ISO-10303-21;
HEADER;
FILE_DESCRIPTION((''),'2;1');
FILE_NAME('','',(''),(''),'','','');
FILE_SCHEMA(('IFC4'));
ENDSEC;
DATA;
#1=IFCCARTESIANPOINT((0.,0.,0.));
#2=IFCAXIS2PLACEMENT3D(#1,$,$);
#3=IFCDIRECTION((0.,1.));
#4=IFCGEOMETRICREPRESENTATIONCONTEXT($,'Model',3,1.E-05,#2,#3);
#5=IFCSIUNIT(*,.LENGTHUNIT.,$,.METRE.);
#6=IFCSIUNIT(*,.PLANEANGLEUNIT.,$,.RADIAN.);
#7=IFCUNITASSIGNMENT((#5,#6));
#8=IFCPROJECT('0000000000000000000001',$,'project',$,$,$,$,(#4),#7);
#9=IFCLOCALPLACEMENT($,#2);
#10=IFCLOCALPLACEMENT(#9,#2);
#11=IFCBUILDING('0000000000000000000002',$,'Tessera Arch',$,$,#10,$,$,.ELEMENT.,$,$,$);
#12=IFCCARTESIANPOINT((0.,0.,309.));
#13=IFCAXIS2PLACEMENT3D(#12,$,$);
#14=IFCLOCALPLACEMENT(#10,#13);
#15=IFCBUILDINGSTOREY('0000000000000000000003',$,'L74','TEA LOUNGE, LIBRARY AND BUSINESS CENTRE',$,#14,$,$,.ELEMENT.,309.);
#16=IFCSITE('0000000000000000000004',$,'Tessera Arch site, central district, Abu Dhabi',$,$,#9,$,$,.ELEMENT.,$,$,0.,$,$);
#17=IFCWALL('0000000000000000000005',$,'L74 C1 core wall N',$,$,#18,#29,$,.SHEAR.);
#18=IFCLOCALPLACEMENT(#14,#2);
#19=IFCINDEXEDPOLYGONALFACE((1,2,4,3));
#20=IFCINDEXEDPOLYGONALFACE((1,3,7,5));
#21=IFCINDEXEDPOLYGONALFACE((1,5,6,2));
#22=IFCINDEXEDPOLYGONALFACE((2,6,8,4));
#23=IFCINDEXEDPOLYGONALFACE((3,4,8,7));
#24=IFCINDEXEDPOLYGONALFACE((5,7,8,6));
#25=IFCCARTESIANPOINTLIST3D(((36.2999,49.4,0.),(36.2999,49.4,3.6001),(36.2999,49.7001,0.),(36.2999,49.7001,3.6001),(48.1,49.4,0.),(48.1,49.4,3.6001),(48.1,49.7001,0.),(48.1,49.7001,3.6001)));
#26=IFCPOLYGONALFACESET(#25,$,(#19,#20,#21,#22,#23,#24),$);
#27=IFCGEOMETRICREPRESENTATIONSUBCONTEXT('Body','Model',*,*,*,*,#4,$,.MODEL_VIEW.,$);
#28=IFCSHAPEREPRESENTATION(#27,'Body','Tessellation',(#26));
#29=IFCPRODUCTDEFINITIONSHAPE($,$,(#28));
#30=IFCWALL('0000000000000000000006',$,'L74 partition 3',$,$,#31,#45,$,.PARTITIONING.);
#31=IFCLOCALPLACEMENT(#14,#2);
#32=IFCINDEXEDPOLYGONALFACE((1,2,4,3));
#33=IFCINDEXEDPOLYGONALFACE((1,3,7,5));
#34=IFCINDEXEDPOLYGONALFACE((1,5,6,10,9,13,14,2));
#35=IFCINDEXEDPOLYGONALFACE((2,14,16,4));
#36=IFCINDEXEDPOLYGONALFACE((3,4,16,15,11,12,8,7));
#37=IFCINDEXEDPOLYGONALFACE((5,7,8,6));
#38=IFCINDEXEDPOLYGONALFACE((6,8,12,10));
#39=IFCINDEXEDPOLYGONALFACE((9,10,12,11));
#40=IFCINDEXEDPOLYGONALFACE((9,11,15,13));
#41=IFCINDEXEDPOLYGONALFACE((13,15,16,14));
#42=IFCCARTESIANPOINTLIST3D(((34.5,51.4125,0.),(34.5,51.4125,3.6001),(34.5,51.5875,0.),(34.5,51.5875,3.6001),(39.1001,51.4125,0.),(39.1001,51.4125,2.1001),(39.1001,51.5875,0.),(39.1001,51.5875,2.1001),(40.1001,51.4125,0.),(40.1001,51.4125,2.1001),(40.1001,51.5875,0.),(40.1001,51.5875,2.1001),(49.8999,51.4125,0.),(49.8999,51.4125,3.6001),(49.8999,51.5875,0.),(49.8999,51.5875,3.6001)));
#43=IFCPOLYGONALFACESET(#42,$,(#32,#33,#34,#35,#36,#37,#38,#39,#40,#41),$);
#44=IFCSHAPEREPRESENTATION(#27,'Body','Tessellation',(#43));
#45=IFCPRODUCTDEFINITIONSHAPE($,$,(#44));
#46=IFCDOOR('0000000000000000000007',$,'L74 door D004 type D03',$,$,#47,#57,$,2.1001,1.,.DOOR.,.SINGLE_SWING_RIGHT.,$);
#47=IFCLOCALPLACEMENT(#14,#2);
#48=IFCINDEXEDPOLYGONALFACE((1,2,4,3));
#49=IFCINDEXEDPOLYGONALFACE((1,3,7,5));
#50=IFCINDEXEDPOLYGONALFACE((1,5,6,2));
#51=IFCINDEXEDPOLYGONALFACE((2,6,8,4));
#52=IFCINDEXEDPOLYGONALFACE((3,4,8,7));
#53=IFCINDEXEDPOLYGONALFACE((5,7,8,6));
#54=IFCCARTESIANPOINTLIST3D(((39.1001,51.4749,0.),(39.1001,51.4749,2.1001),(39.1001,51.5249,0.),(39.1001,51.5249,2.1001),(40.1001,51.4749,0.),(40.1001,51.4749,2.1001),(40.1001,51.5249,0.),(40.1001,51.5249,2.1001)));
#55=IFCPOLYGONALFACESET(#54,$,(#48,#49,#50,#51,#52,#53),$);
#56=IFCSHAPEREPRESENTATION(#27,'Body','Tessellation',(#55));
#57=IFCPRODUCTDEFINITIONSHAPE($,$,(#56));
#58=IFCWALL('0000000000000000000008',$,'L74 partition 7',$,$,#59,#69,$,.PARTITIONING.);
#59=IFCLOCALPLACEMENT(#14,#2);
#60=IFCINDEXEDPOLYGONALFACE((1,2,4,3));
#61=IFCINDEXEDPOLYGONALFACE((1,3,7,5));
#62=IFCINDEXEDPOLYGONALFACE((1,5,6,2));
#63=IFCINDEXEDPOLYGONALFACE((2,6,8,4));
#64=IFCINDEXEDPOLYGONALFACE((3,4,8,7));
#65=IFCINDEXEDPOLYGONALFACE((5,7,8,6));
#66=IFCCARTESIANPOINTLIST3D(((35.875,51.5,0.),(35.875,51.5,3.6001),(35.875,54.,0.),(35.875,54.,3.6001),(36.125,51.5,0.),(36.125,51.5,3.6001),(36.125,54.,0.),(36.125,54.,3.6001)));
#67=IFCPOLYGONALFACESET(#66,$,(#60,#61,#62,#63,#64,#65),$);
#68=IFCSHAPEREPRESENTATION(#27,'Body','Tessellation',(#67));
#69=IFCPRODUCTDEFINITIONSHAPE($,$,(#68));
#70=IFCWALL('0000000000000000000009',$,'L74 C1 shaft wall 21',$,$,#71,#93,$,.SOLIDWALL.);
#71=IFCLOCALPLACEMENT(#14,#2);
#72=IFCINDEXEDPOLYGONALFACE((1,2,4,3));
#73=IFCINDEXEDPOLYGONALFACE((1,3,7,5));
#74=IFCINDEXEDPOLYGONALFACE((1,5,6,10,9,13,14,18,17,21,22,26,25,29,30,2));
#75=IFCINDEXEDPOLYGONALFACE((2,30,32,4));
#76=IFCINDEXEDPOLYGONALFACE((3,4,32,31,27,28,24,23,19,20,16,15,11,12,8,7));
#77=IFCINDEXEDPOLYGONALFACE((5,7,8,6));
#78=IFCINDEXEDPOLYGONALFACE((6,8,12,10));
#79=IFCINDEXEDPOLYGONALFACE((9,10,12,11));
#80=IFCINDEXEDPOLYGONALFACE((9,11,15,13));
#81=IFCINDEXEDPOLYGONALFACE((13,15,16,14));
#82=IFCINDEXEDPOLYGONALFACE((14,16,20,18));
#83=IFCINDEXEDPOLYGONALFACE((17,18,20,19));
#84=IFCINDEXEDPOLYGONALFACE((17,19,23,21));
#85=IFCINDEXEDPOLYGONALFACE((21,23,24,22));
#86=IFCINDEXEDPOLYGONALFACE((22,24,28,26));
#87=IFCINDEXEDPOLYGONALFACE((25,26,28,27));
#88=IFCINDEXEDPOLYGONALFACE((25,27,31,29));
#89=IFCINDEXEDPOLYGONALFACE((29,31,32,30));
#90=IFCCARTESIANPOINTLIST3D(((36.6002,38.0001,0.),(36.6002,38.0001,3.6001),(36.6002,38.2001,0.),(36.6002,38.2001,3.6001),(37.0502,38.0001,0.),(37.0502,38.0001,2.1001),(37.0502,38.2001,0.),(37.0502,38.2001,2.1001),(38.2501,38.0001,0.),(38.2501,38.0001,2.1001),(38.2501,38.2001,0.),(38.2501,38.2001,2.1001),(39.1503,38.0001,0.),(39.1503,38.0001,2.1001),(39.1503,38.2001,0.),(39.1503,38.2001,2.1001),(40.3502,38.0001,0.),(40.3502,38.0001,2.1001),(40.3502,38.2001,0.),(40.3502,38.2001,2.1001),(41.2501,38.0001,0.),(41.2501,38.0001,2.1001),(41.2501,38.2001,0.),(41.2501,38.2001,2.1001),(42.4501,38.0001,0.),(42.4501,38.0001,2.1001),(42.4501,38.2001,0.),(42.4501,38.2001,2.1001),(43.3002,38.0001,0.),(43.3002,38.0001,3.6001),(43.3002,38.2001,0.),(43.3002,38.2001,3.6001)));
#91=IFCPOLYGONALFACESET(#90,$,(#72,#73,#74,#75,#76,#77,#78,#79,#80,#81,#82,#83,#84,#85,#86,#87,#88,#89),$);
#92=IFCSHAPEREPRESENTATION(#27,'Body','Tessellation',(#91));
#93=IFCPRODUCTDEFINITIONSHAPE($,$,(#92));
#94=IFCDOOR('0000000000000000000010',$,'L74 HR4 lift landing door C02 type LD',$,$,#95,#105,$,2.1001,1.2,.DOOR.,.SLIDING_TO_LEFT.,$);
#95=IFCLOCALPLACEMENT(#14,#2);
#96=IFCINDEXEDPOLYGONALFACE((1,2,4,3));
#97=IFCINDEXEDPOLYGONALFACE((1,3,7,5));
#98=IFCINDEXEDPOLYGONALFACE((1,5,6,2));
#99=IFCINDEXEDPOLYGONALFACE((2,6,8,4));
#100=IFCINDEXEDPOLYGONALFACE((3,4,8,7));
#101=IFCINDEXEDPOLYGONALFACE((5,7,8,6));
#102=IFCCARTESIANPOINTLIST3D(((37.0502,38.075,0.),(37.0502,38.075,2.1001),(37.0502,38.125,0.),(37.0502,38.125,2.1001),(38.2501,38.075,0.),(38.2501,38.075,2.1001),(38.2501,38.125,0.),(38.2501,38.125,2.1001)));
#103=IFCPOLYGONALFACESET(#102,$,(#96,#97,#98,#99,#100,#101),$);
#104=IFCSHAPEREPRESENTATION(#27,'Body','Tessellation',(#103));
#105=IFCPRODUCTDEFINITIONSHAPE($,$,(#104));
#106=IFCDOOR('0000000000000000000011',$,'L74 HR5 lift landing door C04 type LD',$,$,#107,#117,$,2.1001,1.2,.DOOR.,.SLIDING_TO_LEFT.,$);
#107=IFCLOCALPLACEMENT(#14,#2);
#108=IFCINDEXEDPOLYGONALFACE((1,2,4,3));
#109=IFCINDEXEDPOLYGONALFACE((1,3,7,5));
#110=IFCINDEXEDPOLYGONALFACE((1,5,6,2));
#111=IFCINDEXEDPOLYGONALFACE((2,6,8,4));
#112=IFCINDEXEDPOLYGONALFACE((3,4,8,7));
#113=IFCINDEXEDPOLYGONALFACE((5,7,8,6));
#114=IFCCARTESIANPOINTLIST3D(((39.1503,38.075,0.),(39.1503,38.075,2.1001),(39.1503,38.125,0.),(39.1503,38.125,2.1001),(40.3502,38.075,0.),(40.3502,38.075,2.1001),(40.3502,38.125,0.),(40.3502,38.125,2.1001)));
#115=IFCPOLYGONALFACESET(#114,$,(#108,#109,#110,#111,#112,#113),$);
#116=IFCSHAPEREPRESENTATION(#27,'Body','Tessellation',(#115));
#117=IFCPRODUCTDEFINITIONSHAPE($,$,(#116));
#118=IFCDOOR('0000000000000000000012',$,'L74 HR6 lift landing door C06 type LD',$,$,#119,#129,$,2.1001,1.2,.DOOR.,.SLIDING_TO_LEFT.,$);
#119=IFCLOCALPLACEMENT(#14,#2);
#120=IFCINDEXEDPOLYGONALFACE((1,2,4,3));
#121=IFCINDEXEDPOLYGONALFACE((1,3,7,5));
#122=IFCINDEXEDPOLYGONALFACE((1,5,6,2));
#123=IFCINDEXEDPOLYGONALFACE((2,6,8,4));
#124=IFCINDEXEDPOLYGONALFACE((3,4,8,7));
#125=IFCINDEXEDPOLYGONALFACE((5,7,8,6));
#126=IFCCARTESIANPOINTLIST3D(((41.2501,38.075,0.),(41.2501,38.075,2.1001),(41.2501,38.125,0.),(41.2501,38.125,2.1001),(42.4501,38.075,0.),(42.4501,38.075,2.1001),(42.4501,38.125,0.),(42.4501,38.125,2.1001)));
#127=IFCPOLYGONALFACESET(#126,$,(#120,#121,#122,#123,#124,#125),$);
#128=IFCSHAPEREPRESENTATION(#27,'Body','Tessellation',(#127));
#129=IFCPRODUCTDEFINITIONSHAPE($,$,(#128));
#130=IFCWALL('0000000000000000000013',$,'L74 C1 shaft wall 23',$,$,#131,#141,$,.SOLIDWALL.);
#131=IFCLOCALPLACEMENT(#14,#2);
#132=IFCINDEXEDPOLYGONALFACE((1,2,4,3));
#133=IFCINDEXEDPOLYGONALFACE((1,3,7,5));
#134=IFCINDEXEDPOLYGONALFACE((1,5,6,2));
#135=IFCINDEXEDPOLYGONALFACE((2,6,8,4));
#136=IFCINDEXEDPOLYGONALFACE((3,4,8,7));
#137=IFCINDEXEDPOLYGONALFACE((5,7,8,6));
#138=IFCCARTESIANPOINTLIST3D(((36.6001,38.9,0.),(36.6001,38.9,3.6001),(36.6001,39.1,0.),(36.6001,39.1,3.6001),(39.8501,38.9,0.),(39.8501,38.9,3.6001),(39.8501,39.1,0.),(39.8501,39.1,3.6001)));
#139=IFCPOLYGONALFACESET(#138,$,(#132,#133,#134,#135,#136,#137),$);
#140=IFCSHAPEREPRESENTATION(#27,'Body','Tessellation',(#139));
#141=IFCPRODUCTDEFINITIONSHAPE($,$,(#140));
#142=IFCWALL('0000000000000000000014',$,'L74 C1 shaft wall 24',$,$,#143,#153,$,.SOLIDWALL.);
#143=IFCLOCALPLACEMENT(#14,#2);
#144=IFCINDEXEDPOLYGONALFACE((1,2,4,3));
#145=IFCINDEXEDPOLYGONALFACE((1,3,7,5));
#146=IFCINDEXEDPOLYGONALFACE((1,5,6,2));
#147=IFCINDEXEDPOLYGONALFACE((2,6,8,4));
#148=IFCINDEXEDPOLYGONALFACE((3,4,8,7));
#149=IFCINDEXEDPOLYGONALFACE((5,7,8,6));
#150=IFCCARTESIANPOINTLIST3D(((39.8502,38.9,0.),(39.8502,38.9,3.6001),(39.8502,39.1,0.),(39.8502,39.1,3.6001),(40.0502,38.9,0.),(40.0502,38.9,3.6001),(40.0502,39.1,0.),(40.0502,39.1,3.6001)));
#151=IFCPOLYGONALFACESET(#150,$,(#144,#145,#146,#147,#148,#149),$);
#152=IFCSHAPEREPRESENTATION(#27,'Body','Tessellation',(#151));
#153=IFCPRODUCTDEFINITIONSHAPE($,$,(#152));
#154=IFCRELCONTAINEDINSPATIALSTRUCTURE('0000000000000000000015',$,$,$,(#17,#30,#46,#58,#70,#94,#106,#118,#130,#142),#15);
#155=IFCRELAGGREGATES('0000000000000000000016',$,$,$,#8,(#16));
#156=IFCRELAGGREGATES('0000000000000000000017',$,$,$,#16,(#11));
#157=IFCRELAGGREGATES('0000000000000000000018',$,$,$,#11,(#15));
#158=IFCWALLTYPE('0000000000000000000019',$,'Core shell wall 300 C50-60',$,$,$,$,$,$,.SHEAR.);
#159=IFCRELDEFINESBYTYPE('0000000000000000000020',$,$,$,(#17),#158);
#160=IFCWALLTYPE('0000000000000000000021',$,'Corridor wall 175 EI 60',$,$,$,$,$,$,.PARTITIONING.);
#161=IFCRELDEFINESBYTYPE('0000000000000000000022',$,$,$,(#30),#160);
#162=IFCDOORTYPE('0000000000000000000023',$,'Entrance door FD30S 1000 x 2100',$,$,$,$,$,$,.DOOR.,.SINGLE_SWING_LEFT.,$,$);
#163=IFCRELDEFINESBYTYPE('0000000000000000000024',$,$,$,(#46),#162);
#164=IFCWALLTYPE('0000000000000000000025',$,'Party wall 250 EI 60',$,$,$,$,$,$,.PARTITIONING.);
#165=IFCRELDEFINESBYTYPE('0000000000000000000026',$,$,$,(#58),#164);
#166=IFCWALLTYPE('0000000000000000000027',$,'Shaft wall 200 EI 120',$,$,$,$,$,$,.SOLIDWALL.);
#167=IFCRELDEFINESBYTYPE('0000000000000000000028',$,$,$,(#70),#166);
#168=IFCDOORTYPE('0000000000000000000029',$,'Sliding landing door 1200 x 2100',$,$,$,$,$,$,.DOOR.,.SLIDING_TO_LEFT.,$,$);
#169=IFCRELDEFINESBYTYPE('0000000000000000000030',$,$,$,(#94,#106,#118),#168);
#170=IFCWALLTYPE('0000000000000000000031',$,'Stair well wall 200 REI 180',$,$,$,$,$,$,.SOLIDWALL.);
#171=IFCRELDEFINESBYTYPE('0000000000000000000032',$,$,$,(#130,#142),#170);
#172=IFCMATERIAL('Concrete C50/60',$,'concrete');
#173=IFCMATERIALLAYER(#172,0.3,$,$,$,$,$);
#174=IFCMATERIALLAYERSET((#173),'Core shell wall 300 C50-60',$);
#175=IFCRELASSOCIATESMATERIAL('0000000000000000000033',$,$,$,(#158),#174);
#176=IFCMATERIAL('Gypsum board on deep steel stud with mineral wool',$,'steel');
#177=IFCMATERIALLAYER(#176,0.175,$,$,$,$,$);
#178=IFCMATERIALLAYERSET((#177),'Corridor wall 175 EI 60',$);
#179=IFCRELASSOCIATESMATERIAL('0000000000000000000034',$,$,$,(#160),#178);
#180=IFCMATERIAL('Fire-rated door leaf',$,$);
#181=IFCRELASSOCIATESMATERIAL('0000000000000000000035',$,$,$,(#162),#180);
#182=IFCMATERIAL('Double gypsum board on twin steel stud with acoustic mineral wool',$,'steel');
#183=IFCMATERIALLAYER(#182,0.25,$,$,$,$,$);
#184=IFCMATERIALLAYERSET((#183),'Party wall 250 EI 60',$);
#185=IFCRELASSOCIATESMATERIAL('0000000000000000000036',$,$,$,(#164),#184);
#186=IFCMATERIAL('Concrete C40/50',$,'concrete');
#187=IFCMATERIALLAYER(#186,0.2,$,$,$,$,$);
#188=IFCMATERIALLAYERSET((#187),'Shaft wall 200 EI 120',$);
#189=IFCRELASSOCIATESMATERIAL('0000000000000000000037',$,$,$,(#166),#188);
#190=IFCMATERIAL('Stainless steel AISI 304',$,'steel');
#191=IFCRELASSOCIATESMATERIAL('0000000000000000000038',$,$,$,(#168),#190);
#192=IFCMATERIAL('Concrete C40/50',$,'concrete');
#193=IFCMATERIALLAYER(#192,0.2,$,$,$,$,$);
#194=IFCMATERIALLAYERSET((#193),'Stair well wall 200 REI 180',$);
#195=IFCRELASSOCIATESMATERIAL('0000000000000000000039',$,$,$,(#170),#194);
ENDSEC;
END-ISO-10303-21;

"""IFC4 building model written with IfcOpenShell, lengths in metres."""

from ifc_helpers import new_model, si_unit, direction, frame, frame_2d, origin, place, context, subcontext, project, spatial, rectangle, extrude, material, layer, layer_set, type_object, element, fill, save


model = new_model("IFC4")

# Units and contexts
model_context = context("Model", 3, precision=1e-05, world=origin(), true_north=direction((0.0, 1.0)))
body_context = subcontext(model_context, "Body", "Model", "MODEL_VIEW")
ifc_project = project(units=[si_unit("LENGTHUNIT", "METRE"), si_unit("PLANEANGLEUNIT", "RADIAN")], contexts=[model_context])

# Site, building, storey
site_placement = place(None, origin())
site = spatial("IfcSite", under=ifc_project, at=site_placement, Name="Tessera Arch site, central district, Abu Dhabi", CompositionType="ELEMENT", RefElevation=0.0)
building_placement = place(site_placement, origin())
building = spatial("IfcBuilding", under=site, at=building_placement, Name="Tessera Arch", CompositionType="ELEMENT")
storey_placement = place(building_placement, frame((0.0, 0.0, 309.0)))
storey = spatial("IfcBuildingStorey", under=building, at=storey_placement, Name="L74", Description="TEA LOUNGE, LIBRARY AND BUSINESS CENTRE", CompositionType="ELEMENT", Elevation=309.0)

# Wall
ifc_material_1 = material(Name="Concrete C50/60", Category="concrete")
ifc_layer_1 = layer(ifc_material_1, 0.3)
ifc_layer_set_1 = layer_set([ifc_layer_1], Name="Core shell wall 300 C50-60")
wall_type_1 = type_object("IfcWallType", Name="Core shell wall 300 C50-60", PredefinedType="SHEAR", material=ifc_layer_set_1)
wall_1_placement = place(storey_placement, frame((36.3, 49.55, 0.0), z_axis=(0.0, 0.0, 1.0), x_axis=(1.0, 0.0, 0.0)))
element("IfcWall", 1, at=wall_1_placement, inside=storey, type_object=wall_type_1, Name="L74 C1 core wall N", PredefinedType="SHEAR", context=body_context, shape_type="SweptSolid", body=[
    extrude(rectangle(XDim=11.8, YDim=0.3, at=frame_2d((5.8999, 0.0))), origin(), (0.0, 0.0, 1.0), 3.6001),
])

# Wall, opening, door
ifc_material_2 = material(Name="Gypsum board on deep steel stud with mineral wool", Category="steel")
ifc_layer_2 = layer(ifc_material_2, 0.175)
ifc_layer_set_2 = layer_set([ifc_layer_2], Name="Corridor wall 175 EI 60")
wall_type_2 = type_object("IfcWallType", Name="Corridor wall 175 EI 60", PredefinedType="PARTITIONING", material=ifc_layer_set_2)
wall_2_placement = place(storey_placement, frame((34.5, 51.5, 0.0), z_axis=(0.0, 0.0, 1.0), x_axis=(1.0, 0.0, 0.0)))
wall_2 = element("IfcWall", 2, at=wall_2_placement, inside=storey, type_object=wall_type_2, Name="L74 partition 3", PredefinedType="PARTITIONING", context=body_context, shape_type="SweptSolid", body=[
    extrude(rectangle(XDim=15.3999, YDim=0.175, at=frame_2d((7.7, 0.0))), origin(), (0.0, 0.0, 1.0), 3.6001),
])
opening_1_placement = place(wall_2_placement, frame((4.6001, 0.0, 0.0)))
opening_1 = element("IfcOpeningElement", 3, at=opening_1_placement, cuts=wall_2, PredefinedType="OPENING", context=body_context, shape_type="SweptSolid", body=[
    extrude(rectangle(XDim=1.0, YDim=2.1001, at=frame_2d((0.5, 1.05))), frame((0.0, 0.0974, 0.0), z_axis=(0.0, -1.0, 0.0), x_axis=(1.0, 0.0, 0.0)), (0.0, 0.0, 1.0), 0.1951),
])
ifc_material_3 = material(Name="Fire-rated door leaf")
door_type_1 = type_object("IfcDoorType", Name="Entrance door FD30S 1000 x 2100", OperationType="SINGLE_SWING_LEFT", PredefinedType="DOOR", material=ifc_material_3)
door_1_placement = place(opening_1_placement, origin())
door_1 = element("IfcDoor", 4, at=door_1_placement, inside=storey, type_object=door_type_1, Name="L74 door D004 type D03", OperationType="SINGLE_SWING_RIGHT", OverallHeight=2.1001, OverallWidth=1.0, PredefinedType="DOOR", context=body_context, shape_type="SweptSolid", body=[
    extrude(rectangle(XDim=1.0, YDim=2.1001, at=frame_2d((0.5, 1.05))), frame((0.0, 0.0249, 0.0), z_axis=(0.0, -1.0, 0.0), x_axis=(1.0, 0.0, 0.0)), (0.0, 0.0, 1.0), 0.05),
])
fill(opening_1, door_1)

# Wall
ifc_material_4 = material(Name="Double gypsum board on twin steel stud with acoustic mineral wool", Category="steel")
ifc_layer_3 = layer(ifc_material_4, 0.25)
ifc_layer_set_3 = layer_set([ifc_layer_3], Name="Party wall 250 EI 60")
wall_type_3 = type_object("IfcWallType", Name="Party wall 250 EI 60", PredefinedType="PARTITIONING", material=ifc_layer_set_3)
wall_3_placement = place(storey_placement, frame((36.0, 51.5, 0.0), z_axis=(0.0, 0.0, 1.0), x_axis=(0.0, 1.0, 0.0)))
element("IfcWall", 5, at=wall_3_placement, inside=storey, type_object=wall_type_3, Name="L74 partition 7", PredefinedType="PARTITIONING", context=body_context, shape_type="SweptSolid", body=[
    extrude(rectangle(XDim=2.5, YDim=0.25, at=frame_2d((1.25, 0.0))), origin(), (0.0, 0.0, 1.0), 3.6001),
])

# Wall, openings, doors
ifc_material_5 = material(Name="Concrete C40/50", Category="concrete")
ifc_layer_4 = layer(ifc_material_5, 0.2)
ifc_layer_set_4 = layer_set([ifc_layer_4], Name="Shaft wall 200 EI 120")
wall_type_4 = type_object("IfcWallType", Name="Shaft wall 200 EI 120", PredefinedType="SOLIDWALL", material=ifc_layer_set_4)
wall_4_placement = place(storey_placement, frame((36.6001, 38.1001, 0.0), z_axis=(0.0, 0.0, 1.0), x_axis=(1.0, 0.0, 0.0)))
wall_4 = element("IfcWall", 6, at=wall_4_placement, inside=storey, type_object=wall_type_4, Name="L74 C1 shaft wall 21", PredefinedType="SOLIDWALL", context=body_context, shape_type="SweptSolid", body=[
    extrude(rectangle(XDim=6.7, YDim=0.2, at=frame_2d((3.3501, 0.0))), origin(), (0.0, 0.0, 1.0), 3.6001),
])
opening_2_placement = place(wall_4_placement, frame((0.45, 0.0, 0.0)))
opening_2 = element("IfcOpeningElement", 7, at=opening_2_placement, cuts=wall_4, PredefinedType="OPENING", context=body_context, shape_type="SweptSolid", body=[
    extrude(rectangle(XDim=1.2, YDim=2.1001, at=frame_2d((0.6001, 1.05))), frame((0.0, 0.1099, 0.0), z_axis=(0.0, -1.0, 0.0), x_axis=(1.0, 0.0, 0.0)), (0.0, 0.0, 1.0), 0.22),
])
opening_3_placement = place(wall_4_placement, frame((2.55, 0.0, 0.0)))
opening_3 = element("IfcOpeningElement", 8, at=opening_3_placement, cuts=wall_4, PredefinedType="OPENING", context=body_context, shape_type="SweptSolid", body=[
    extrude(rectangle(XDim=1.2, YDim=2.1001, at=frame_2d((0.6001, 1.05))), frame((0.0, 0.1099, 0.0), z_axis=(0.0, -1.0, 0.0), x_axis=(1.0, 0.0, 0.0)), (0.0, 0.0, 1.0), 0.22),
])
opening_4_placement = place(wall_4_placement, frame((4.6499, 0.0, 0.0)))
opening_4 = element("IfcOpeningElement", 9, at=opening_4_placement, cuts=wall_4, PredefinedType="OPENING", context=body_context, shape_type="SweptSolid", body=[
    extrude(rectangle(XDim=1.2, YDim=2.1001, at=frame_2d((0.6001, 1.05))), frame((0.0, 0.1099, 0.0), z_axis=(0.0, -1.0, 0.0), x_axis=(1.0, 0.0, 0.0)), (0.0, 0.0, 1.0), 0.22),
])
ifc_material_6 = material(Name="Stainless steel AISI 304", Category="steel")
door_type_2 = type_object("IfcDoorType", Name="Sliding landing door 1200 x 2100", OperationType="SLIDING_TO_LEFT", PredefinedType="DOOR", material=ifc_material_6)
door_2_placement = place(opening_2_placement, origin())
door_2 = element("IfcDoor", 10, at=door_2_placement, inside=storey, type_object=door_type_2, Name="L74 HR4 lift landing door C02 type LD", OperationType="SLIDING_TO_LEFT", OverallHeight=2.1001, OverallWidth=1.2, PredefinedType="DOOR", context=body_context, shape_type="SweptSolid", body=[
    extrude(rectangle(XDim=1.2, YDim=2.1001, at=frame_2d((0.6001, 1.05))), frame((0.0, 0.0249, 0.0), z_axis=(0.0, -1.0, 0.0), x_axis=(1.0, 0.0, 0.0)), (0.0, 0.0, 1.0), 0.05),
])
fill(opening_2, door_2)
door_3_placement = place(opening_3_placement, origin())
door_3 = element("IfcDoor", 11, at=door_3_placement, inside=storey, type_object=door_type_2, Name="L74 HR5 lift landing door C04 type LD", OperationType="SLIDING_TO_LEFT", OverallHeight=2.1001, OverallWidth=1.2, PredefinedType="DOOR", context=body_context, shape_type="SweptSolid", body=[
    extrude(rectangle(XDim=1.2, YDim=2.1001, at=frame_2d((0.6001, 1.05))), frame((0.0, 0.0249, 0.0), z_axis=(0.0, -1.0, 0.0), x_axis=(1.0, 0.0, 0.0)), (0.0, 0.0, 1.0), 0.05),
])
fill(opening_3, door_3)
door_4_placement = place(opening_4_placement, origin())
door_4 = element("IfcDoor", 12, at=door_4_placement, inside=storey, type_object=door_type_2, Name="L74 HR6 lift landing door C06 type LD", OperationType="SLIDING_TO_LEFT", OverallHeight=2.1001, OverallWidth=1.2, PredefinedType="DOOR", context=body_context, shape_type="SweptSolid", body=[
    extrude(rectangle(XDim=1.2, YDim=2.1001, at=frame_2d((0.6001, 1.05))), frame((0.0, 0.0249, 0.0), z_axis=(0.0, -1.0, 0.0), x_axis=(1.0, 0.0, 0.0)), (0.0, 0.0, 1.0), 0.05),
])
fill(opening_4, door_4)

# Walls
ifc_material_7 = material(Name="Concrete C40/50", Category="concrete")
ifc_layer_5 = layer(ifc_material_7, 0.2)
ifc_layer_set_5 = layer_set([ifc_layer_5], Name="Stair well wall 200 REI 180")
wall_type_5 = type_object("IfcWallType", Name="Stair well wall 200 REI 180", PredefinedType="SOLIDWALL", material=ifc_layer_set_5)
wall_5_placement = place(storey_placement, frame((36.6001, 39.0, 0.0), z_axis=(0.0, 0.0, 1.0), x_axis=(1.0, 0.0, 0.0)))
element("IfcWall", 13, at=wall_5_placement, inside=storey, type_object=wall_type_5, Name="L74 C1 shaft wall 23", PredefinedType="SOLIDWALL", context=body_context, shape_type="SweptSolid", body=[
    extrude(rectangle(XDim=3.25, YDim=0.2, at=frame_2d((1.625, 0.0))), origin(), (0.0, 0.0, 1.0), 3.6001),
])
wall_6_placement = place(storey_placement, frame((39.8501, 39.0, 0.0), z_axis=(0.0, 0.0, 1.0), x_axis=(1.0, 0.0, 0.0)))
element("IfcWall", 14, at=wall_6_placement, inside=storey, type_object=wall_type_5, Name="L74 C1 shaft wall 24", PredefinedType="SOLIDWALL", context=body_context, shape_type="SweptSolid", body=[
    extrude(rectangle(XDim=0.2, YDim=0.2, at=frame_2d((0.1001, 0.0))), origin(), (0.0, 0.0, 1.0), 3.6001),
])

save(model, "model.ifc")
